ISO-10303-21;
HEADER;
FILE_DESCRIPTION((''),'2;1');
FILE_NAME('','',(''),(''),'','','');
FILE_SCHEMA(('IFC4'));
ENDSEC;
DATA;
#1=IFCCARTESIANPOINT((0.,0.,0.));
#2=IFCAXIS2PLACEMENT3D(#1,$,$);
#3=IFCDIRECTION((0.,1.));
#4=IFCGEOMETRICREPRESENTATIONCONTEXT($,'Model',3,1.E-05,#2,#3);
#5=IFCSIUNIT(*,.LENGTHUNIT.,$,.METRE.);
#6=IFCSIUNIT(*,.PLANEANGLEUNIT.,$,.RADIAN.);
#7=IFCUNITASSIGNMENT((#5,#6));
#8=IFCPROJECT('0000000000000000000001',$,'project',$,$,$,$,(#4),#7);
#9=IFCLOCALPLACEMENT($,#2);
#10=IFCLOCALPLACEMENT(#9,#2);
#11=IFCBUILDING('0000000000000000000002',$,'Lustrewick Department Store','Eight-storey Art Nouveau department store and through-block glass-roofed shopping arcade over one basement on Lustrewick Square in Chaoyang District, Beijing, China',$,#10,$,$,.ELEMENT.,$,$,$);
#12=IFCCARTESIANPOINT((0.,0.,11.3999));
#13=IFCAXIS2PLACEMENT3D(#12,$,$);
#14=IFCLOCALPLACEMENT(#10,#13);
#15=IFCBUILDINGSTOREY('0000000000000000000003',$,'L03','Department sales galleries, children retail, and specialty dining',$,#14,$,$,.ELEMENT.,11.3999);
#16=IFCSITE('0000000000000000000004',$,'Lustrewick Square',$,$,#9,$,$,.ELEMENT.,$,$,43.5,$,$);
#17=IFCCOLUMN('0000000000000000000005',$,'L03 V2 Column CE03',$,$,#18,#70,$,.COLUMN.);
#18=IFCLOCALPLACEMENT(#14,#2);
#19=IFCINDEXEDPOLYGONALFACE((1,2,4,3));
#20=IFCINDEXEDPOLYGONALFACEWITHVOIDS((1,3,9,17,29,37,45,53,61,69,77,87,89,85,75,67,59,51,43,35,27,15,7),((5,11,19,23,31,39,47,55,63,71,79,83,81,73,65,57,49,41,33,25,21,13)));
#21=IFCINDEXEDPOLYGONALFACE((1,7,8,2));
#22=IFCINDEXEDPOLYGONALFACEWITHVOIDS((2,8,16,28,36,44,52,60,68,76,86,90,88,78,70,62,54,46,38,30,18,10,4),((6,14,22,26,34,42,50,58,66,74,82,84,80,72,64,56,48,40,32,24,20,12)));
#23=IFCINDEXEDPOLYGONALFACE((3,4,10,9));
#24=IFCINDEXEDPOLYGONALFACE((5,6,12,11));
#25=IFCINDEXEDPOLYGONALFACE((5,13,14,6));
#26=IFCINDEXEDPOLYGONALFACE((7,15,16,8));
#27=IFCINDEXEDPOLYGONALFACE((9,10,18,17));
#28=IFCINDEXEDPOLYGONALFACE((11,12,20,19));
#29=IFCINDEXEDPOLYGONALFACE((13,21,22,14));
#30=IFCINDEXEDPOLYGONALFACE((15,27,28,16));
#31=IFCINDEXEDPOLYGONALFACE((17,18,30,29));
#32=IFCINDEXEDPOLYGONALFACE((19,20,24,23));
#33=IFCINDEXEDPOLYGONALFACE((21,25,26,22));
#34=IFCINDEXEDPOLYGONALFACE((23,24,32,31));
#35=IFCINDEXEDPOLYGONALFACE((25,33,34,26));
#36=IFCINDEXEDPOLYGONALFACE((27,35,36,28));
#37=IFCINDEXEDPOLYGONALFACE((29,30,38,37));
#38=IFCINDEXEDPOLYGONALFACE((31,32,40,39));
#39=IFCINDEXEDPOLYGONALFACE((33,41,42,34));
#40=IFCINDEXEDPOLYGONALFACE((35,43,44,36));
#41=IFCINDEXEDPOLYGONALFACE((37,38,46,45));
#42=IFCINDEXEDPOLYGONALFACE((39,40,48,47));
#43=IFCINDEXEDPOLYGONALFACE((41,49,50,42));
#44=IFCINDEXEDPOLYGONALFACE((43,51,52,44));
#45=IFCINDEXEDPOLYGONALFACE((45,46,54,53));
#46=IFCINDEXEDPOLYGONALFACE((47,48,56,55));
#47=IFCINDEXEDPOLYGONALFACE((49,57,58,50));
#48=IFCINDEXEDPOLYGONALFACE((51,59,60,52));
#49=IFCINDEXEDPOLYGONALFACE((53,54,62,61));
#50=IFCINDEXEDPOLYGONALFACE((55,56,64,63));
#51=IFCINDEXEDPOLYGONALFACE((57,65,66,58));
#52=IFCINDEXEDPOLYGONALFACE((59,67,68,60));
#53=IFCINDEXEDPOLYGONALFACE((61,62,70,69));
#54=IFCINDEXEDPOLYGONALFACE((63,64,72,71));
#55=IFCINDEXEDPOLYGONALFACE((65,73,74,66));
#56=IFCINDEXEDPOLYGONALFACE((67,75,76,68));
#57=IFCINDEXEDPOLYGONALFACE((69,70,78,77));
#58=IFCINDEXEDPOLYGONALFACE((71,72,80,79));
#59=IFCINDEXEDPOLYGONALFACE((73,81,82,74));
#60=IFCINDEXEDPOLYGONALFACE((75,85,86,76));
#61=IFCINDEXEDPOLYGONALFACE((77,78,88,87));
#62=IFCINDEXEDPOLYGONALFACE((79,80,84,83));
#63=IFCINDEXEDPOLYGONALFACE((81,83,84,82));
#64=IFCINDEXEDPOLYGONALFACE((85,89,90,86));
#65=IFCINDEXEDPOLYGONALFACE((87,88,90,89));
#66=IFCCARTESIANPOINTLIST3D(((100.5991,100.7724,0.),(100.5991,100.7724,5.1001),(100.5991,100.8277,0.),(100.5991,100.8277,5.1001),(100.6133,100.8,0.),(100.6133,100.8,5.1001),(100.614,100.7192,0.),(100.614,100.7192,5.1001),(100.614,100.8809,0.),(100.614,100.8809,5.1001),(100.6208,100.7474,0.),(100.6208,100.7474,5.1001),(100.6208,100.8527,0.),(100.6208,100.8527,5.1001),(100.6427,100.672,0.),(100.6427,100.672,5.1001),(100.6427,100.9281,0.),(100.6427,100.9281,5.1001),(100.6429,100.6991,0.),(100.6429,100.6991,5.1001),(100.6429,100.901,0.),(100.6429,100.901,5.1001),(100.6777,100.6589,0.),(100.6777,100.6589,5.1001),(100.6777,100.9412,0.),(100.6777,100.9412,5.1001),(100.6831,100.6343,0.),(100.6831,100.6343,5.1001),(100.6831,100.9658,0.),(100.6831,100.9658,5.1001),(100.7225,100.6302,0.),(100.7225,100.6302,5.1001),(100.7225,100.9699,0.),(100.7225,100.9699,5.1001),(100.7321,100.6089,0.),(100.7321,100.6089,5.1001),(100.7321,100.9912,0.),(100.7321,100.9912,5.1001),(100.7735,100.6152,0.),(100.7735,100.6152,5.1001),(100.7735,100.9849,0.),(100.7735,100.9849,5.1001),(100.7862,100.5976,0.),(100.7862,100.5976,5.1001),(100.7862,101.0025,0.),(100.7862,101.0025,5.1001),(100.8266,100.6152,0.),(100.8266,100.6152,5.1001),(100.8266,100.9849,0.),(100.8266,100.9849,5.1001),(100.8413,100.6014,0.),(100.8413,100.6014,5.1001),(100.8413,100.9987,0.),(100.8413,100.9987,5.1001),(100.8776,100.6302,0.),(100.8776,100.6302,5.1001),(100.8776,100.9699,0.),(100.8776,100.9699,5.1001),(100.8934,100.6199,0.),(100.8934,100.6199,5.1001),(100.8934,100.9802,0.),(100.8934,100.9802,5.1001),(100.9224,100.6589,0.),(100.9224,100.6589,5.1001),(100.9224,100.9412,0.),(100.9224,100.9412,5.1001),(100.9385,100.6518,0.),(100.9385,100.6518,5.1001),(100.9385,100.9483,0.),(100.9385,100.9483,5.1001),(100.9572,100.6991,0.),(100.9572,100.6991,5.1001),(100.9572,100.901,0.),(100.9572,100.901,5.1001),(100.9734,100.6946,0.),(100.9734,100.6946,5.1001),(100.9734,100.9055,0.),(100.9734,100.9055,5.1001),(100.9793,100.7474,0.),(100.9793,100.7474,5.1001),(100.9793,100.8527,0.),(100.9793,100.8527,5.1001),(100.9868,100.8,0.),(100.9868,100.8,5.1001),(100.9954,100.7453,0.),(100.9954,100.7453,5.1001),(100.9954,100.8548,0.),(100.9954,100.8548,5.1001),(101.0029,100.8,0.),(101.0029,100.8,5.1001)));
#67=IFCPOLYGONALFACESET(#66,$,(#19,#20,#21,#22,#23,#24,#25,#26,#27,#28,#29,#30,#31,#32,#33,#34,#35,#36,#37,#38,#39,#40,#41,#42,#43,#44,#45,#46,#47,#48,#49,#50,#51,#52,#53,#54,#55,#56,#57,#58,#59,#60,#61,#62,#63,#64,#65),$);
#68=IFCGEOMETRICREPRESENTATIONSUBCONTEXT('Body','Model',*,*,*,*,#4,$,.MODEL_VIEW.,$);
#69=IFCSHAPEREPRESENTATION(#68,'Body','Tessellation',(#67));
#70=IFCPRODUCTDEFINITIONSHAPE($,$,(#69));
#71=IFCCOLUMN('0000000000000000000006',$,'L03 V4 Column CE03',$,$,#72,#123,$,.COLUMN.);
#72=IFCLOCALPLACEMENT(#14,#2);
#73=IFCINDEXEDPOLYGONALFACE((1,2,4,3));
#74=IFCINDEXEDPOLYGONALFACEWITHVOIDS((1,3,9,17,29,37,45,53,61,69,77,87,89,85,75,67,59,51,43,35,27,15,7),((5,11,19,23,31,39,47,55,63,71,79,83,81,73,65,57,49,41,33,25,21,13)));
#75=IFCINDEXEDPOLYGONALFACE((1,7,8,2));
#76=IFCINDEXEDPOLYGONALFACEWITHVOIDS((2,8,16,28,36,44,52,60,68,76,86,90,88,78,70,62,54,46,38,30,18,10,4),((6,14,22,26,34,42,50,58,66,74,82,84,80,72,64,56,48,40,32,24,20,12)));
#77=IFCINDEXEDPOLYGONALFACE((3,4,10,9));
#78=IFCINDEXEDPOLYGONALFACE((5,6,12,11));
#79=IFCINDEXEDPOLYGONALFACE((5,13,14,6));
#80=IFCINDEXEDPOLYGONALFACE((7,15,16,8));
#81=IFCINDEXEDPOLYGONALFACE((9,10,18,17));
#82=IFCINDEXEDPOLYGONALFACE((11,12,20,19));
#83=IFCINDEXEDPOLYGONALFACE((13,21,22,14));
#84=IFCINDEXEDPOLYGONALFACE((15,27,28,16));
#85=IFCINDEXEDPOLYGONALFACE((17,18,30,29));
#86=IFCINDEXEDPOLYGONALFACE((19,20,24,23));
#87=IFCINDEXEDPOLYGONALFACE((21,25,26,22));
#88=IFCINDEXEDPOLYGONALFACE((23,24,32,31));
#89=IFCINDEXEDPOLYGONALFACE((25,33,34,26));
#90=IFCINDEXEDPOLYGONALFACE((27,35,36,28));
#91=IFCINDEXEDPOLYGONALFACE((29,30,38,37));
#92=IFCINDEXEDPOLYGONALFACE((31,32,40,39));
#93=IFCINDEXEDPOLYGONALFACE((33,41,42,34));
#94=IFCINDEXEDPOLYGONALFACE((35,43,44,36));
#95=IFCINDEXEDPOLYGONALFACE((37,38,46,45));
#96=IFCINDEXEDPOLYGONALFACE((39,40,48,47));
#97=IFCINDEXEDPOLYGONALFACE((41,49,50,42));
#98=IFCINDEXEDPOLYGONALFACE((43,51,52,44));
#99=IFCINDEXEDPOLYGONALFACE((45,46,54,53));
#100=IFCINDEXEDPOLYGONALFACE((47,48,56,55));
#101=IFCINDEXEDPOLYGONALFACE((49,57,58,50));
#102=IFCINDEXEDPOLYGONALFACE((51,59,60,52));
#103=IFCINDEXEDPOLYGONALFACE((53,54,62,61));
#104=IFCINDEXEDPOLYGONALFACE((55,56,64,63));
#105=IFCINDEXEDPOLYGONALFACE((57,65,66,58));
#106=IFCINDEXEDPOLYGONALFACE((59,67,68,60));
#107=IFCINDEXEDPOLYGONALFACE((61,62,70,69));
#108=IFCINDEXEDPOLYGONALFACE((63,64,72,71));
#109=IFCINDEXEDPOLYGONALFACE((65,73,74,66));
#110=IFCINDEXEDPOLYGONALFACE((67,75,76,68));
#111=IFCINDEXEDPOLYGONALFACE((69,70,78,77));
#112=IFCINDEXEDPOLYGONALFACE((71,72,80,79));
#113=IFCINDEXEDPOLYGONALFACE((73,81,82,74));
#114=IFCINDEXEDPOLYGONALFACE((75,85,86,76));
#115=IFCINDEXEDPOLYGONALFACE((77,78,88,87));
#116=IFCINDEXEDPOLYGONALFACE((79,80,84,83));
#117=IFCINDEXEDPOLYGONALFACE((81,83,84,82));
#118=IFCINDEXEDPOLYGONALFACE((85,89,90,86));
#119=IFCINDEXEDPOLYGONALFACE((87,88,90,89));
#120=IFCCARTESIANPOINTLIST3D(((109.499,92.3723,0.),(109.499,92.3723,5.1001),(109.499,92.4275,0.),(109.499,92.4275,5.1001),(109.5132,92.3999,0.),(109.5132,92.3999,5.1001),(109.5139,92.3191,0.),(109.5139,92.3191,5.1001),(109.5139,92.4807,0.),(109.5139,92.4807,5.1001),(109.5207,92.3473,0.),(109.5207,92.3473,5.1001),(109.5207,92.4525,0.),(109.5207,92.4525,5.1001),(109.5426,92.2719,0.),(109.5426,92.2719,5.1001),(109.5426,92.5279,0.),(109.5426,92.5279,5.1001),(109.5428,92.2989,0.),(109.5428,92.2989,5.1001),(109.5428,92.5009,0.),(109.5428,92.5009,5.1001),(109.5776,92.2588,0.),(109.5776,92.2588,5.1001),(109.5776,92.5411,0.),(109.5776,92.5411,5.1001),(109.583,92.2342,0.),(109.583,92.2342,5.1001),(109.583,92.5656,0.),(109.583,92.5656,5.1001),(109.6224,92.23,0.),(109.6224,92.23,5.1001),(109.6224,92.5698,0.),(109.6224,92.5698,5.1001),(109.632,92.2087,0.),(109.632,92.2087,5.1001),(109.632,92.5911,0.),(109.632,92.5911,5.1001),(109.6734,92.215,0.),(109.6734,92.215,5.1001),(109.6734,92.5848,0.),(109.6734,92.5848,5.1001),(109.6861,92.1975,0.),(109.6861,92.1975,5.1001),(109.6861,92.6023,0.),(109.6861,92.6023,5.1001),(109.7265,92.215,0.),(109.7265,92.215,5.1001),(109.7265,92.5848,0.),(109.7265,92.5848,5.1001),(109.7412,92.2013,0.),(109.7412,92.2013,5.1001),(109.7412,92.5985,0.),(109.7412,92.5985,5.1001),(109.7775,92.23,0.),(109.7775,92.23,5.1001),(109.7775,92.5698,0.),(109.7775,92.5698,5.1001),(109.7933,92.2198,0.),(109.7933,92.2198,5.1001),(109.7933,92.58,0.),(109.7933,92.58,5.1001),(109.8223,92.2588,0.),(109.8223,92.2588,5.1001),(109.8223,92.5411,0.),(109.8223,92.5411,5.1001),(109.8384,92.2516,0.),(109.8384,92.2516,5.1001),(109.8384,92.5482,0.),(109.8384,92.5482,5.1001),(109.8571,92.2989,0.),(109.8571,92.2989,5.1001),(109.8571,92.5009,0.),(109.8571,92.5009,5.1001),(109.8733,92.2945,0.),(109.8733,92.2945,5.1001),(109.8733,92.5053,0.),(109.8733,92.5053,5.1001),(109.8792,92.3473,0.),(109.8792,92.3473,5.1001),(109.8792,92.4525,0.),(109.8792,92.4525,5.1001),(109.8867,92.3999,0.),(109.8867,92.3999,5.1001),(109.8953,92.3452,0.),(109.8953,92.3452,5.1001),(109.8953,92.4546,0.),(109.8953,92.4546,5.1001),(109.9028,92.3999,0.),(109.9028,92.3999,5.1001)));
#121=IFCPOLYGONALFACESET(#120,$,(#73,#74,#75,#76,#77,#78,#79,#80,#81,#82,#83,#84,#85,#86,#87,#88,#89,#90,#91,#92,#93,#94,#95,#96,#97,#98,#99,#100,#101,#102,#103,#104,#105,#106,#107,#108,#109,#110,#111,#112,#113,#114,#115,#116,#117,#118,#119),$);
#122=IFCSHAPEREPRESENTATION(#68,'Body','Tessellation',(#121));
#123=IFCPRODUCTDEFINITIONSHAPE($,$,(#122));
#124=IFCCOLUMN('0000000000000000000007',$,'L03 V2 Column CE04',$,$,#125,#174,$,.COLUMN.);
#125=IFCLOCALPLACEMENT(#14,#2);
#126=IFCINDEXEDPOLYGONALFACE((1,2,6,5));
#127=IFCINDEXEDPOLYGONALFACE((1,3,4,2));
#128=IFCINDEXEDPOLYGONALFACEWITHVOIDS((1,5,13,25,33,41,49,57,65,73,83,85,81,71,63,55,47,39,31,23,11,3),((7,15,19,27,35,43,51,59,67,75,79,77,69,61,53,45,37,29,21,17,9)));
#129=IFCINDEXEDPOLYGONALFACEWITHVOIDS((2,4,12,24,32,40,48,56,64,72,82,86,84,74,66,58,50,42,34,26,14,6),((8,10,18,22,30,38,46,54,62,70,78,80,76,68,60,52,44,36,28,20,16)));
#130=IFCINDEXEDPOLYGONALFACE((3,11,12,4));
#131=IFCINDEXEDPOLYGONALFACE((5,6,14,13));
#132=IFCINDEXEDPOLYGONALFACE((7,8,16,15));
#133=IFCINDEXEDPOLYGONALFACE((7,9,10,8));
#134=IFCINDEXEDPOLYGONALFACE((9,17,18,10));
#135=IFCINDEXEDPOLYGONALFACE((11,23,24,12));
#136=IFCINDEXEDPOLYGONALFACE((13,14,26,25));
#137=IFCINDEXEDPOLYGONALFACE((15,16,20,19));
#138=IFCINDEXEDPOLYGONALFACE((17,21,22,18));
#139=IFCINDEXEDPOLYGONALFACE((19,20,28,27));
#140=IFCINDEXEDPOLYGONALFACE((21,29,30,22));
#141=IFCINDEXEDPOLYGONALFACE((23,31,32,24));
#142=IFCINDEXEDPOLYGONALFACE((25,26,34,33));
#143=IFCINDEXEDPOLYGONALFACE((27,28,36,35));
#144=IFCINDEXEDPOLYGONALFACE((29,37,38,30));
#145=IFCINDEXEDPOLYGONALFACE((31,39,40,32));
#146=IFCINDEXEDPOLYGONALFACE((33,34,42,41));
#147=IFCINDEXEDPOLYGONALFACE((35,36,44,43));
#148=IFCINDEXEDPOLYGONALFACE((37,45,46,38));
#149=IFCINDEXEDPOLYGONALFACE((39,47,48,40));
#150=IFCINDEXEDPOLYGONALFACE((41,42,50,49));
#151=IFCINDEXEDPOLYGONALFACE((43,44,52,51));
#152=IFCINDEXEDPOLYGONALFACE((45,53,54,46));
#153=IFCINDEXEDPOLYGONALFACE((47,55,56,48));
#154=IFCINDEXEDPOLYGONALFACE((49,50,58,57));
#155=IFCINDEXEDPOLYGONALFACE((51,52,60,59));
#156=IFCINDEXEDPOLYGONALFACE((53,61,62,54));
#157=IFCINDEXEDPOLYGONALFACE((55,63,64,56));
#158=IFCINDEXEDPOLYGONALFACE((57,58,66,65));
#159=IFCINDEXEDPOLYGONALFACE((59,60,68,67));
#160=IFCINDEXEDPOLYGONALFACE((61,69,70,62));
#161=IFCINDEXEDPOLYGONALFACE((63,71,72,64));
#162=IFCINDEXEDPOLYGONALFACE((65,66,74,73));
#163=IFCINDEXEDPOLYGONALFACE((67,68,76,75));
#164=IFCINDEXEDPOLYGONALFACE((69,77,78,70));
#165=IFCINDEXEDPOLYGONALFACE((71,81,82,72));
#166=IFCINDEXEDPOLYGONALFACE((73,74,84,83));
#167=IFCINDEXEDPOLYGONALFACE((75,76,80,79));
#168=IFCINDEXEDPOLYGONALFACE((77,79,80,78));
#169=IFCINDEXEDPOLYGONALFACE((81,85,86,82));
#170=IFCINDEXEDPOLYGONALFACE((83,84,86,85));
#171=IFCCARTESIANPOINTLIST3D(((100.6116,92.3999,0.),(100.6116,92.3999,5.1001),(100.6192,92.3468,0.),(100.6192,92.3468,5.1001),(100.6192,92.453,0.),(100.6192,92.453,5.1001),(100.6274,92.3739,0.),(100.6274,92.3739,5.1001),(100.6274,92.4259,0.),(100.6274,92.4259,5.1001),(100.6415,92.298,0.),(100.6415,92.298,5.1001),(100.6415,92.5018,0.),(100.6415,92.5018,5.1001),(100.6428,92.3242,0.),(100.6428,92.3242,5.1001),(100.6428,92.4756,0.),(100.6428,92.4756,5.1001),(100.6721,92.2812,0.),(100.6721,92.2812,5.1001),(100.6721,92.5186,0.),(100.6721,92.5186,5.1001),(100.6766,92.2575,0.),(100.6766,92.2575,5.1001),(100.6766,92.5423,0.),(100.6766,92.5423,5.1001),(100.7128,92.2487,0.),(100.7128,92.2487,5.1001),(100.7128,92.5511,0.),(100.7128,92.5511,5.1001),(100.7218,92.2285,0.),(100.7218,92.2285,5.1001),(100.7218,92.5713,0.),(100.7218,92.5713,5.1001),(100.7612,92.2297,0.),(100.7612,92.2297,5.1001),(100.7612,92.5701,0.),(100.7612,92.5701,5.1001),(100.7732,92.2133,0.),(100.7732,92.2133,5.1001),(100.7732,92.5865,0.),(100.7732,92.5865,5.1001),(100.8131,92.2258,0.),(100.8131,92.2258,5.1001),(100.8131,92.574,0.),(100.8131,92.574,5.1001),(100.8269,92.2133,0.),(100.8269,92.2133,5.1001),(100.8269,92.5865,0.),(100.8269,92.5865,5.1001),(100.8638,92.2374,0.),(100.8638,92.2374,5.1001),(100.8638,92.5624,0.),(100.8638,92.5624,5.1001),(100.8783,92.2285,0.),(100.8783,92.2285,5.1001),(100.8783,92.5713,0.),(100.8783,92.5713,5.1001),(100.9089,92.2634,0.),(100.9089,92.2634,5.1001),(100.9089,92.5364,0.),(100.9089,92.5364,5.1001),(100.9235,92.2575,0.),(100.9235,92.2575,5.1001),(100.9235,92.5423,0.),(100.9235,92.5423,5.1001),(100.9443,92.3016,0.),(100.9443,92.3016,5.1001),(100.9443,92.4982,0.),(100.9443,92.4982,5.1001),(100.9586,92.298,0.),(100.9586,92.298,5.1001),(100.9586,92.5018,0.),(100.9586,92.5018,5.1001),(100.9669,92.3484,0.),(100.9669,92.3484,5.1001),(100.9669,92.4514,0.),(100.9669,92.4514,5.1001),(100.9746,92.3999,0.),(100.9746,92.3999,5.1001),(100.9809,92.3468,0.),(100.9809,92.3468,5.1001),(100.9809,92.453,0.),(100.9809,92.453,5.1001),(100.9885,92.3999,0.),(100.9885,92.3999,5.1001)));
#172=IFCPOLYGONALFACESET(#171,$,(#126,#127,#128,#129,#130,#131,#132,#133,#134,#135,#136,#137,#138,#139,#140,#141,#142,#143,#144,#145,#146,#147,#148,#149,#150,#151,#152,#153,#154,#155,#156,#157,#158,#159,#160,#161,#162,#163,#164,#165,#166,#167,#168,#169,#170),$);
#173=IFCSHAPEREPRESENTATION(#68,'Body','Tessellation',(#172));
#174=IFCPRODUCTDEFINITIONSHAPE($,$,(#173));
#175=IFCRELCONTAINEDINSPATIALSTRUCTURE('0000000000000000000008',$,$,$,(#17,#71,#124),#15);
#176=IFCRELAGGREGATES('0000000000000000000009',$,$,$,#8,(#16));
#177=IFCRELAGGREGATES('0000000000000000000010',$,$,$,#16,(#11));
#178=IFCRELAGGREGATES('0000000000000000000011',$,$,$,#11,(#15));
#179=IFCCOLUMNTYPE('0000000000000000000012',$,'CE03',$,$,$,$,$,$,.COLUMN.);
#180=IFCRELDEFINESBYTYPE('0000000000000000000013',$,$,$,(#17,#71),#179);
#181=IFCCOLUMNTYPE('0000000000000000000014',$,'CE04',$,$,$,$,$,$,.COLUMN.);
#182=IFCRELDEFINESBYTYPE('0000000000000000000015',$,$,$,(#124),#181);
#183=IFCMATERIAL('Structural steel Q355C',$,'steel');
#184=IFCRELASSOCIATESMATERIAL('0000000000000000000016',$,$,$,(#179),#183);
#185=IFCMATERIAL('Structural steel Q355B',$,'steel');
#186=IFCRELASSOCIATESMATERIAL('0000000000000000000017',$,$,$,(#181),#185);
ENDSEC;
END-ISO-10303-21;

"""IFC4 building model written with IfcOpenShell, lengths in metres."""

from ifc_helpers import new_model, si_unit, direction, frame, origin, origin_2d, place, context, subcontext, project, spatial, hollow_circle, extrude, material, material_profile, profile_set, type_object, element, save


model = new_model("IFC4")

# Units and contexts
model_context = context("Model", 3, precision=1e-05, world=origin(), true_north=direction((0.0, 1.0)))
body_context = subcontext(model_context, "Body", "Model", "MODEL_VIEW")
ifc_project = project(units=[si_unit("LENGTHUNIT", "METRE"), si_unit("PLANEANGLEUNIT", "RADIAN")], contexts=[model_context])

# Site, building, storey
site_placement = place(None, origin())
site = spatial("IfcSite", under=ifc_project, at=site_placement, Name="Lustrewick Square", CompositionType="ELEMENT", RefElevation=43.5)
building_placement = place(site_placement, origin())
building = spatial("IfcBuilding", under=site, at=building_placement, Name="Lustrewick Department Store", Description="Eight-storey Art Nouveau department store and through-block glass-roofed shopping arcade over one basement on Lustrewick Square in Chaoyang District, Beijing, China", CompositionType="ELEMENT")
storey_placement = place(building_placement, frame((0.0, 0.0, 11.3999)))
storey = spatial("IfcBuildingStorey", under=building, at=storey_placement, Name="L03", Description="Department sales galleries, children retail, and specialty dining", CompositionType="ELEMENT", Elevation=11.3999)

# Columns
ifc_material_1 = material(Name="Structural steel Q355C", Category="steel")
ifc_material_profile_1 = material_profile(ifc_material_1, hollow_circle(Radius=0.2029, WallThickness=0.0161, at=origin_2d()), Name="CHS 406x16")
ifc_profile_set_1 = profile_set([ifc_material_profile_1], Name="Structural steel Q355C")
column_type_1 = type_object("IfcColumnType", Name="CE03", PredefinedType="COLUMN", material=ifc_profile_set_1)
for number, where, z_axis, x_axis, name in (
    (1, (100.8, 100.8, 0.0), (0.0, 0.0, 1.0), (1.0, 0.0, 0.0), "L03 V2 Column CE03"),
    (2, (109.7, 92.3999, 0.0), (0.0, 0.0, 1.0), (1.0, 0.0, 0.0), "L03 V4 Column CE03"),
):
    element("IfcColumn", number, at=place(storey_placement, frame(where, z_axis=z_axis, x_axis=x_axis)), inside=storey, type_object=column_type_1, Name=name, PredefinedType="COLUMN", context=body_context, shape_type="SweptSolid", body=[
        extrude(hollow_circle(Radius=0.2029, WallThickness=0.0161, at=origin_2d()), origin(), (0.0, 0.0, 1.0), 5.1001),
    ])
ifc_material_2 = material(Name="Structural steel Q355B", Category="steel")
ifc_material_profile_2 = material_profile(ifc_material_2, hollow_circle(Radius=0.1885, WallThickness=0.0139, at=origin_2d()), Name="CHS 377x14")
ifc_profile_set_2 = profile_set([ifc_material_profile_2], Name="Structural steel Q355B")
column_type_2 = type_object("IfcColumnType", Name="CE04", PredefinedType="COLUMN", material=ifc_profile_set_2)
for number, where, z_axis, x_axis, name in (
    (3, (100.8, 92.3999, 0.0), (0.0, 0.0, 1.0), (1.0, 0.0, 0.0), "L03 V2 Column CE04"),
):
    element("IfcColumn", number, at=place(storey_placement, frame(where, z_axis=z_axis, x_axis=x_axis)), inside=storey, type_object=column_type_2, Name=name, PredefinedType="COLUMN", context=body_context, shape_type="SweptSolid", body=[
        extrude(hollow_circle(Radius=0.1885, WallThickness=0.0139, at=origin_2d()), origin(), (0.0, 0.0, 1.0), 5.1001),
    ])

save(model, "model.ifc")
